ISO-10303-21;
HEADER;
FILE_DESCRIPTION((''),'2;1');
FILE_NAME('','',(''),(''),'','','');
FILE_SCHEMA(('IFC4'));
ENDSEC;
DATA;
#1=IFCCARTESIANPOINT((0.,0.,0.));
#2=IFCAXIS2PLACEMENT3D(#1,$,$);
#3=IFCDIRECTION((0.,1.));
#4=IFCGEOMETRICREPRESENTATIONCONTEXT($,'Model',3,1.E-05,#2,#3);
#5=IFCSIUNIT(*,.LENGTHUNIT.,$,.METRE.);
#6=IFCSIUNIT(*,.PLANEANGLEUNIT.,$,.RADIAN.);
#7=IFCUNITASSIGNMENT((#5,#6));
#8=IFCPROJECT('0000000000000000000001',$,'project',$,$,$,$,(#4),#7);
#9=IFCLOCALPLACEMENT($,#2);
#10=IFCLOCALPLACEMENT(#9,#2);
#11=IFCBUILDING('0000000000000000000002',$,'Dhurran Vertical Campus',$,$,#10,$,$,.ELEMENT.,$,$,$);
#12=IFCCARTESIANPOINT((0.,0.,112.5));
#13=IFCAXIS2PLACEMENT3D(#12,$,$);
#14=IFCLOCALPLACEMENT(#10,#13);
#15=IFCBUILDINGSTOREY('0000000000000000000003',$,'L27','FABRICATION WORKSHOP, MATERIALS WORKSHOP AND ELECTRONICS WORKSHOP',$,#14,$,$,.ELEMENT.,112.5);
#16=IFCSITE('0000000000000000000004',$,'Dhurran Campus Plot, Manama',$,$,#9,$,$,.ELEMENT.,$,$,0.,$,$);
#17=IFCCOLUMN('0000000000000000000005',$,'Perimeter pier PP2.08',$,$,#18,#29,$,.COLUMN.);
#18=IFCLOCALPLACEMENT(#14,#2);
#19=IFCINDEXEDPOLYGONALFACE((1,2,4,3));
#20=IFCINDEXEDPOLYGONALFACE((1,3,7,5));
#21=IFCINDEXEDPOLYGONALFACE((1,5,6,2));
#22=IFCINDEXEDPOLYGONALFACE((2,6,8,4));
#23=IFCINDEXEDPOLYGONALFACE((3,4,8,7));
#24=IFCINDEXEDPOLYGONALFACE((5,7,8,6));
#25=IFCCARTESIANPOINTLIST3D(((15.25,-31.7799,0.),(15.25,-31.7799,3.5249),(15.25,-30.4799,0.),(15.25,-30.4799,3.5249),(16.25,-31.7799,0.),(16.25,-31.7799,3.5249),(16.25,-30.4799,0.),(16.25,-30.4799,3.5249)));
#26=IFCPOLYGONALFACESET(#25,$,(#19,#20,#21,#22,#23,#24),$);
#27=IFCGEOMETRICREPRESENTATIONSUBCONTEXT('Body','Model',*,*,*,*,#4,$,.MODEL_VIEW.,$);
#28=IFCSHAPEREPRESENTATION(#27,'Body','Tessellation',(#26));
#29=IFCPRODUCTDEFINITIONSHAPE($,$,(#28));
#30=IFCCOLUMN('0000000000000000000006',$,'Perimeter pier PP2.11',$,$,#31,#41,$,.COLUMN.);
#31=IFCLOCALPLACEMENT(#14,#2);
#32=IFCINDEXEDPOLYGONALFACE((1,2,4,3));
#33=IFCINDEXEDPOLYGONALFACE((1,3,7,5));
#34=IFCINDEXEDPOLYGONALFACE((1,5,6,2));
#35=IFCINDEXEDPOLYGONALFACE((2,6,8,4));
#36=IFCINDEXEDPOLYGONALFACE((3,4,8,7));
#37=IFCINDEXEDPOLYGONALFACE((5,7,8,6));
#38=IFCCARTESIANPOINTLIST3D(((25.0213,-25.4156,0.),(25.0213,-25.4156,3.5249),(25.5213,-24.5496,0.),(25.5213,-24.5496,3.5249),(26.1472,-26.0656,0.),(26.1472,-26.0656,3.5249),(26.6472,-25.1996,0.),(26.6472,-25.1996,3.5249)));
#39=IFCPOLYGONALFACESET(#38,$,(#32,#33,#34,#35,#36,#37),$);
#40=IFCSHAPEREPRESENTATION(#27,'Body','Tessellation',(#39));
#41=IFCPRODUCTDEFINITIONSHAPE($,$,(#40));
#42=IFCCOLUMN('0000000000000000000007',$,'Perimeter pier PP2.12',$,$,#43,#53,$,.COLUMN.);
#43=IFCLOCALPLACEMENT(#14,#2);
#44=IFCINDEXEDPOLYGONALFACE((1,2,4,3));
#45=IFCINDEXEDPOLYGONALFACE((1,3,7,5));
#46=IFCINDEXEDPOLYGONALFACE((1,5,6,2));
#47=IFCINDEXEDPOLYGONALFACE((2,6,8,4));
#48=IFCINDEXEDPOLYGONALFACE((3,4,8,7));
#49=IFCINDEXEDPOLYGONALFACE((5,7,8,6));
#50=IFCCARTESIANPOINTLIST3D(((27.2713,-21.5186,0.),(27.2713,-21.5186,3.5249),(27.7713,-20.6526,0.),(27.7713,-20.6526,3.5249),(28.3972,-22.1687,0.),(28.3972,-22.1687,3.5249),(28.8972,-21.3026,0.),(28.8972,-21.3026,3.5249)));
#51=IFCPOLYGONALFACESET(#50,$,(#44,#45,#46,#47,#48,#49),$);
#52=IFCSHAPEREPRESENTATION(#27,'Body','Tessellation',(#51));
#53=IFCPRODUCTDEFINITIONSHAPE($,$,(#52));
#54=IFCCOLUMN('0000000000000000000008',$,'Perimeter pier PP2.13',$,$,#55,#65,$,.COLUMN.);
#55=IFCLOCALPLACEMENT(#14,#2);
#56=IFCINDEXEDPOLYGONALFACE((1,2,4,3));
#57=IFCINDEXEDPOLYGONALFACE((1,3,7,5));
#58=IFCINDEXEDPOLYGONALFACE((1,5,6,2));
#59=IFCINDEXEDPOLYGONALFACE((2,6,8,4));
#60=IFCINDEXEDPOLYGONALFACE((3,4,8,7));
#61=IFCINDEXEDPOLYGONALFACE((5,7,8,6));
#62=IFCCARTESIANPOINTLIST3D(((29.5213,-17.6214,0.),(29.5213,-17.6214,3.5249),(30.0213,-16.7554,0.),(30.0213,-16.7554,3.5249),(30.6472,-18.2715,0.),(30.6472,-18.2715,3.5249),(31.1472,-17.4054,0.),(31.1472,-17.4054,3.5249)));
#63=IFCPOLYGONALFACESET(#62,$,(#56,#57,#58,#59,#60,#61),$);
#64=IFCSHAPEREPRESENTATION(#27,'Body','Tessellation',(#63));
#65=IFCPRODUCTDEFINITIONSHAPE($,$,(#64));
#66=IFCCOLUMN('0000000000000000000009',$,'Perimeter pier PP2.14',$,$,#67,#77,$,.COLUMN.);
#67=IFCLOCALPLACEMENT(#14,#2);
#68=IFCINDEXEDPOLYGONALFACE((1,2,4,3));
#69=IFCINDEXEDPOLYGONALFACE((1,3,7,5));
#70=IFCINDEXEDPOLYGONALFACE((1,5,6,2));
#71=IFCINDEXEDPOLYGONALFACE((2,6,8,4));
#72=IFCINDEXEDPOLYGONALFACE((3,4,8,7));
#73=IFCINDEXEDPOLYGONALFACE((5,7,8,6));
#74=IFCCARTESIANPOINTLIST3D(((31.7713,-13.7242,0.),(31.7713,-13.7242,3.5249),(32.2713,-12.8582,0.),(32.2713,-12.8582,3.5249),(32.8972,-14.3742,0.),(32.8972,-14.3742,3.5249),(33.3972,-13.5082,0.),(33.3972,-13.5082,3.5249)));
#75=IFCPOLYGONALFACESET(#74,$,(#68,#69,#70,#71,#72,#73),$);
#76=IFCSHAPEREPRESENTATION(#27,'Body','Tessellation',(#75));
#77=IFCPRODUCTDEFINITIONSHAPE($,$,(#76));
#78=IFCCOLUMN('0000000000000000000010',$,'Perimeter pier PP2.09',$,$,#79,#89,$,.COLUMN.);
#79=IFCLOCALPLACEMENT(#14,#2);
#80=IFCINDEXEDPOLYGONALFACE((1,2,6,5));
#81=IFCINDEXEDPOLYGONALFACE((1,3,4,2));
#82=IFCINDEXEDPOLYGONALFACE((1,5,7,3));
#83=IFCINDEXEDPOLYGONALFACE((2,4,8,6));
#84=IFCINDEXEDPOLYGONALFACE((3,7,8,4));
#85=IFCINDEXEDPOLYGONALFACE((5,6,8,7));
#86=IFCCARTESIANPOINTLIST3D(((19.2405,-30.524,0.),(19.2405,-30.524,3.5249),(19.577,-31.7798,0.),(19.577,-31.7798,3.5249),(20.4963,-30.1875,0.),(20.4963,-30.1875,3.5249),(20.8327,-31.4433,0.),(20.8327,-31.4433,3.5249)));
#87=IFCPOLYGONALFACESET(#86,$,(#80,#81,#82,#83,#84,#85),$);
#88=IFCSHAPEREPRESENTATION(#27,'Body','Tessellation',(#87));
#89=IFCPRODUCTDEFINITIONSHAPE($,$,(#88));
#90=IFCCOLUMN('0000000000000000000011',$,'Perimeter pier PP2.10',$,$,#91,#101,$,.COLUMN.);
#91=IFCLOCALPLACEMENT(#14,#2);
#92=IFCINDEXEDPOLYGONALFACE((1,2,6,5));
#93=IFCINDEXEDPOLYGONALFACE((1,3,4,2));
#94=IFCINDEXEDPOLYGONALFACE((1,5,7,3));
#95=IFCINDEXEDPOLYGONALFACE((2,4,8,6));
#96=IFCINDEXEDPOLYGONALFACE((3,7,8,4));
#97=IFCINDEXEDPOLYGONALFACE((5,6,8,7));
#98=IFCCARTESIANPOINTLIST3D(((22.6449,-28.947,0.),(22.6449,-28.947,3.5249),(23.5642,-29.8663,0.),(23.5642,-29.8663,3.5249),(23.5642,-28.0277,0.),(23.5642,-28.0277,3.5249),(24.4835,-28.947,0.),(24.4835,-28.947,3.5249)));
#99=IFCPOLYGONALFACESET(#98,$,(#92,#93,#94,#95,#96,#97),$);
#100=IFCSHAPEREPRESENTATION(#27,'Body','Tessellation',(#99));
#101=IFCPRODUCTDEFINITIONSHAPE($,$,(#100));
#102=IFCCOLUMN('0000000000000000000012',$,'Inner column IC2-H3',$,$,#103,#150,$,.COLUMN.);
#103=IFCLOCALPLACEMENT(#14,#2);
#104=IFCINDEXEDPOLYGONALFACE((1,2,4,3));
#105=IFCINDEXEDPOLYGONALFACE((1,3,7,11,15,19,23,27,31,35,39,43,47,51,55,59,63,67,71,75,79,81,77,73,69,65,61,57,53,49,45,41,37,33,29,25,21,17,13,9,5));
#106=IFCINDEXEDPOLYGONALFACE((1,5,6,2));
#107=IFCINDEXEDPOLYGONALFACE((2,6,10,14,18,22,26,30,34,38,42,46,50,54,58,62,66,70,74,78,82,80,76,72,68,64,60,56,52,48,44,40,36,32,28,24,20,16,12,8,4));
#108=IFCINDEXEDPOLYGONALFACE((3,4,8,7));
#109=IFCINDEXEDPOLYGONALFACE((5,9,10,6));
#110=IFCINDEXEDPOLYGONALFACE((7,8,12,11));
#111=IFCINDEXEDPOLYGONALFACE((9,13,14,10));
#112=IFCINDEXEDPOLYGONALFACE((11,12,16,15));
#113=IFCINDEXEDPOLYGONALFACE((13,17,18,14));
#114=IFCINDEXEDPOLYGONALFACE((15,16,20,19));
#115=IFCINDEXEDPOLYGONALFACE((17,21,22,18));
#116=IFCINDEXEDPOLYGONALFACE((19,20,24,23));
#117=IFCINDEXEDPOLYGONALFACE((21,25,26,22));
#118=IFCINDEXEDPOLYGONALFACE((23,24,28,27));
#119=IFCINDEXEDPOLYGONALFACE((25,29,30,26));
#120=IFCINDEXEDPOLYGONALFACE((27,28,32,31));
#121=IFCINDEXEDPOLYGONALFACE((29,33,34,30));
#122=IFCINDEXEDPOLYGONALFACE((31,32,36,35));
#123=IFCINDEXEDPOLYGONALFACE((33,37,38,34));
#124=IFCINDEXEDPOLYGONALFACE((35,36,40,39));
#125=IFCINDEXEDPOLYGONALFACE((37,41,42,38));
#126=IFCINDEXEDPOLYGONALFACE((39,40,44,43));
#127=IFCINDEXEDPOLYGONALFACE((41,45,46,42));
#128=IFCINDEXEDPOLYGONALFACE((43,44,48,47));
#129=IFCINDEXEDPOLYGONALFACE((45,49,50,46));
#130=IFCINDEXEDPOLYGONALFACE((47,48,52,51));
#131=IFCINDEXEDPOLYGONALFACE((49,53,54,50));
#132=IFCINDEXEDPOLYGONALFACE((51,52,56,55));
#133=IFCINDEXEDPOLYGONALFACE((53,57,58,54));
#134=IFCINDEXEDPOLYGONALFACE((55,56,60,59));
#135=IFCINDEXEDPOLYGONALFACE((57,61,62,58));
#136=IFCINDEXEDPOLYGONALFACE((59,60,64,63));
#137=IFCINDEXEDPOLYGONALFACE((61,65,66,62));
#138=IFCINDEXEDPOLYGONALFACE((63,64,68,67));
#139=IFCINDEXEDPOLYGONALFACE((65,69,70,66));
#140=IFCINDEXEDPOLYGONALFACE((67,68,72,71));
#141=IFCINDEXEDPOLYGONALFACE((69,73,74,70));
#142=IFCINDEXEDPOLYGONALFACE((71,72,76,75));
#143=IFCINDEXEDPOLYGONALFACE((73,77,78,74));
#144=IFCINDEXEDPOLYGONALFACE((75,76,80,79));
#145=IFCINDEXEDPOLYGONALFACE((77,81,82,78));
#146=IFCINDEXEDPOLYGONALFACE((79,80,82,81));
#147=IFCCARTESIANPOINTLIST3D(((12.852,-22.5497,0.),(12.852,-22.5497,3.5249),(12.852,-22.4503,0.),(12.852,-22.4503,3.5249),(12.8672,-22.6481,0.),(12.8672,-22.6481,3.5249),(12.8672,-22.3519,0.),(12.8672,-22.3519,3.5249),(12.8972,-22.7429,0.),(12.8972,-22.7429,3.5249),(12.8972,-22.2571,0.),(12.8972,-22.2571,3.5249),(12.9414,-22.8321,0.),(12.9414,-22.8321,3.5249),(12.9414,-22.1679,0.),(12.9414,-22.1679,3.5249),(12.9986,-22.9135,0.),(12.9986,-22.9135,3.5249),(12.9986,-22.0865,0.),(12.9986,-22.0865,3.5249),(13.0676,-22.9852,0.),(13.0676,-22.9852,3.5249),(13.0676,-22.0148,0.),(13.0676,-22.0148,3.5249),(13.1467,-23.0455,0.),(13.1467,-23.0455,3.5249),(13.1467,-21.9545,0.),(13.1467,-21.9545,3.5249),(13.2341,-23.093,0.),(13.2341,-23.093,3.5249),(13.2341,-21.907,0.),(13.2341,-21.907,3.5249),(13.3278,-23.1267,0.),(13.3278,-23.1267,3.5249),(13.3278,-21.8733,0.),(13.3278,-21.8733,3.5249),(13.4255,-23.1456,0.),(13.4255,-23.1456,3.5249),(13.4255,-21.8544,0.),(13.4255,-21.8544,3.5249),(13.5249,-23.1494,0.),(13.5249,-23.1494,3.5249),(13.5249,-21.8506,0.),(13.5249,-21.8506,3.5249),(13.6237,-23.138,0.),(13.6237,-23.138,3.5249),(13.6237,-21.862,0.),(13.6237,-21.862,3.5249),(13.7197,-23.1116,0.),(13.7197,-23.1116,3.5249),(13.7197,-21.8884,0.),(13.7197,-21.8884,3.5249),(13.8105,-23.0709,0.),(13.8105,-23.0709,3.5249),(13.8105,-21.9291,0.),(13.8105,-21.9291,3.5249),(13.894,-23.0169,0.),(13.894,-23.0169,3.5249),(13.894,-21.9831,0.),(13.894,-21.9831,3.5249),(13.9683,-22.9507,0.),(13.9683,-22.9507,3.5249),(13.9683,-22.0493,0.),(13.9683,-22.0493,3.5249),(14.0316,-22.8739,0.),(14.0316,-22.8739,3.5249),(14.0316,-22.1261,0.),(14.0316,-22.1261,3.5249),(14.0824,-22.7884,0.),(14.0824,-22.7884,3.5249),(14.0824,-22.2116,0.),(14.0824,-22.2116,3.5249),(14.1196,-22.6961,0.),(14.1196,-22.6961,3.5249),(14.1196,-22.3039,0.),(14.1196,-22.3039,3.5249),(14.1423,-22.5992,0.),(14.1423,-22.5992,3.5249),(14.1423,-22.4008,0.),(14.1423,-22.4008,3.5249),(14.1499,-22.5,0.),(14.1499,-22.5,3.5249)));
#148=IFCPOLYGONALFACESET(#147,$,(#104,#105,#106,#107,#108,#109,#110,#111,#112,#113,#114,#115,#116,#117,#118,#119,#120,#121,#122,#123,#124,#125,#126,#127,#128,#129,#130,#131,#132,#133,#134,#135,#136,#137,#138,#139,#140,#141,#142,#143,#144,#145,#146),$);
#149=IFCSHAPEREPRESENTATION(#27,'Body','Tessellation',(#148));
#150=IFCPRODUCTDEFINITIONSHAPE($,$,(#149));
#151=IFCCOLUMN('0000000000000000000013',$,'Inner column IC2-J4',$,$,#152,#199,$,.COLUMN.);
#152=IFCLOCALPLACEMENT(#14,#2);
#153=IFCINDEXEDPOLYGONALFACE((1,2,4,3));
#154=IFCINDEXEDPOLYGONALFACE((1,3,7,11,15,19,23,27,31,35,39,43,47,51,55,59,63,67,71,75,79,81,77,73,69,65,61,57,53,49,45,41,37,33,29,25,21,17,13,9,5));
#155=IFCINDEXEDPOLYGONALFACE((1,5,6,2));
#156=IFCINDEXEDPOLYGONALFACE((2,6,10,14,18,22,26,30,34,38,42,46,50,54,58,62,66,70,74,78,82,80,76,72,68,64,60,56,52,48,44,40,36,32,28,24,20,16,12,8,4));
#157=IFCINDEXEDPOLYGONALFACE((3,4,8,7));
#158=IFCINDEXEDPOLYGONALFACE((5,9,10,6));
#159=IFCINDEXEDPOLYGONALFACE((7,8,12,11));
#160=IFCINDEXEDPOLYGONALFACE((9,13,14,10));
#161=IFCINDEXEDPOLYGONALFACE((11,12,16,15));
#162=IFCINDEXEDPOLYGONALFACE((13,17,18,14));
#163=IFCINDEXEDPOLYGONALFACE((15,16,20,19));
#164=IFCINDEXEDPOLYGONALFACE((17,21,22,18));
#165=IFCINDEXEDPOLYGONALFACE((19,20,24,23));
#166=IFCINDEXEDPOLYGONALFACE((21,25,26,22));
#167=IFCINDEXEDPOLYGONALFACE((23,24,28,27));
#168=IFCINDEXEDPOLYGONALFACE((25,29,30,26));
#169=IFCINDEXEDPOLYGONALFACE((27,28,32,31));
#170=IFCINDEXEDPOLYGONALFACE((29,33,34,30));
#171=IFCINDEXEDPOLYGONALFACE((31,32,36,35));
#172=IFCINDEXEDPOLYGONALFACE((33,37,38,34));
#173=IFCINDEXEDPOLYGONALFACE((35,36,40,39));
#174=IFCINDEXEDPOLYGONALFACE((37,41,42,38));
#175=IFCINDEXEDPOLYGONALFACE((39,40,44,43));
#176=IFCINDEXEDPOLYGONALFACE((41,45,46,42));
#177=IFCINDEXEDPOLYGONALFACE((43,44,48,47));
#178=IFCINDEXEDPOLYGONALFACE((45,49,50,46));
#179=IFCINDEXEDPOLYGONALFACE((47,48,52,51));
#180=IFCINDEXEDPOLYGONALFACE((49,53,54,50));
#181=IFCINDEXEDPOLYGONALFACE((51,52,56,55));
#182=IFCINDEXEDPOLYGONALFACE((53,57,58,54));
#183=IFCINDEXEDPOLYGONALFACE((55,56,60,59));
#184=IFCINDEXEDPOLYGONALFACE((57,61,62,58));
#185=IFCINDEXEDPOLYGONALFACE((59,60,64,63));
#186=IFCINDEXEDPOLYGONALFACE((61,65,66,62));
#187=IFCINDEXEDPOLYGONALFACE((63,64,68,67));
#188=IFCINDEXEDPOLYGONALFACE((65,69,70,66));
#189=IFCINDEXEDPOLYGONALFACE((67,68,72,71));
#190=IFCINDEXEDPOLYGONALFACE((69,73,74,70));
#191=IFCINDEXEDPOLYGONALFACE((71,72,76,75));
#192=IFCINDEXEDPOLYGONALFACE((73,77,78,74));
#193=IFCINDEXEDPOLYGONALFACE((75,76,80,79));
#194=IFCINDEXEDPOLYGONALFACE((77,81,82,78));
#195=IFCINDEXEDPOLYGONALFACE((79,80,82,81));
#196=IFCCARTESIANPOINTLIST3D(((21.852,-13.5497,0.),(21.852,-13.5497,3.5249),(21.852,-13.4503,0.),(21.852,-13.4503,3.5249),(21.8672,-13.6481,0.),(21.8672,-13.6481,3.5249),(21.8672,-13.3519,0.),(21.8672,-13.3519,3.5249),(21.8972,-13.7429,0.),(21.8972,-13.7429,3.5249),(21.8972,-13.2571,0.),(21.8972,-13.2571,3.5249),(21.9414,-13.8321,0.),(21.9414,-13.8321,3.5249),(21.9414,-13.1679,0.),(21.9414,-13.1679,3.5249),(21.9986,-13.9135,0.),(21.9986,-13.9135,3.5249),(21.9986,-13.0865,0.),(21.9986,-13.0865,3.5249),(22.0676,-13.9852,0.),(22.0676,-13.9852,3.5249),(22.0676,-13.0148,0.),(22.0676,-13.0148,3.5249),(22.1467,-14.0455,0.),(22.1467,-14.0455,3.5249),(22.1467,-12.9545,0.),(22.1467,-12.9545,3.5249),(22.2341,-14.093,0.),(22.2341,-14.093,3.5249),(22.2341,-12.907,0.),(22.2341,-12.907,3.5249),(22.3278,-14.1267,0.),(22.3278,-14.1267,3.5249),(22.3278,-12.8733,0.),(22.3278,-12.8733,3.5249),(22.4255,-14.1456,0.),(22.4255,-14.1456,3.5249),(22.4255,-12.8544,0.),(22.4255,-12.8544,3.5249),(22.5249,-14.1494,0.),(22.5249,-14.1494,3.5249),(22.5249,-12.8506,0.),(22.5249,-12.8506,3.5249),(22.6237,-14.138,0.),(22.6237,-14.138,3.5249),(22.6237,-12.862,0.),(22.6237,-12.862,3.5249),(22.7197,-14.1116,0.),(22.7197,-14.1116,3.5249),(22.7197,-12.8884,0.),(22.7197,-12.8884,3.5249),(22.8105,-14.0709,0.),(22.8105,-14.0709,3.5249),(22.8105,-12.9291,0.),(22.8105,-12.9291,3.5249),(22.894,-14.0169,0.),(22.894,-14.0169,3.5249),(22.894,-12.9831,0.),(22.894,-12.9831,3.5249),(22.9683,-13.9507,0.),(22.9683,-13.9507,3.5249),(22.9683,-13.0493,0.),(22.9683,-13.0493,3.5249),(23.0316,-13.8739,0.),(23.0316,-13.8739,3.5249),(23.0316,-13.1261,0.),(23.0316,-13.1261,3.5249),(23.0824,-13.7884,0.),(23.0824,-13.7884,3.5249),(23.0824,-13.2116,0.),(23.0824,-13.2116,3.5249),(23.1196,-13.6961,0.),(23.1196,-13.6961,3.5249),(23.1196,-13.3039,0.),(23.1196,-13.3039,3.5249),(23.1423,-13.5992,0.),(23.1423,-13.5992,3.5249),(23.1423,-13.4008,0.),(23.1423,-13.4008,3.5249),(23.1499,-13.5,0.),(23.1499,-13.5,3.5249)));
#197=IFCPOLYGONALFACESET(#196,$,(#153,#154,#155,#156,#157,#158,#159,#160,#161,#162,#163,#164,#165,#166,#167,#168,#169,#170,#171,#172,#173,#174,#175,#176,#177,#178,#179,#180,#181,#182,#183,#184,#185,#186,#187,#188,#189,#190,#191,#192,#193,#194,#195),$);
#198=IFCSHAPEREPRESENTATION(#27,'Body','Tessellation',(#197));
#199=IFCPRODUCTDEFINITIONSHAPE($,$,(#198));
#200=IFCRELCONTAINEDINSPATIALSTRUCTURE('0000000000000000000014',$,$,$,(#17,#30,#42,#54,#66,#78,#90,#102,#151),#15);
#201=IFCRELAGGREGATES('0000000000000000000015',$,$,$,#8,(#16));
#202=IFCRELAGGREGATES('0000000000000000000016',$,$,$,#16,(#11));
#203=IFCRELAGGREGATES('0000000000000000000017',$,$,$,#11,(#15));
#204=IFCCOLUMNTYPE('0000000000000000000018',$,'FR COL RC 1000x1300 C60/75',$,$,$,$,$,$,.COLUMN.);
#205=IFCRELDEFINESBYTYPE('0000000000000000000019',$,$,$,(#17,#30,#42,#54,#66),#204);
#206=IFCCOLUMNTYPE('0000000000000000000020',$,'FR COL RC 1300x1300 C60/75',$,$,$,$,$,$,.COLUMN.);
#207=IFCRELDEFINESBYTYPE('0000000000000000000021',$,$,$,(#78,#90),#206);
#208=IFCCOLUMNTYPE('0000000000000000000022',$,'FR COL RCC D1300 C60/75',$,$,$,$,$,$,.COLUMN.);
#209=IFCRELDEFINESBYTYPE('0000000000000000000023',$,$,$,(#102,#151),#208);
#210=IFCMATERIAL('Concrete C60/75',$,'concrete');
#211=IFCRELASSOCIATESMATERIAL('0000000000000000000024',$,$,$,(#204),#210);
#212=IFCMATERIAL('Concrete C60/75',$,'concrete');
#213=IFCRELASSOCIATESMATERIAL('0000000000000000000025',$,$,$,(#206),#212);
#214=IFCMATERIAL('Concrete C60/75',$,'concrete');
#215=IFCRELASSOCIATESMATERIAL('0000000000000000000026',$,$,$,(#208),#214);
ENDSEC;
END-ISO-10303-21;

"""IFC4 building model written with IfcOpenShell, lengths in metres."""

from ifc_helpers import new_model, si_unit, direction, frame, origin, origin_2d, place, context, subcontext, project, spatial, rectangle, circle, extrude, material, material_profile, profile_set, type_object, element, save


model = new_model("IFC4")

# Units and contexts
model_context = context("Model", 3, precision=1e-05, world=origin(), true_north=direction((0.0, 1.0)))
body_context = subcontext(model_context, "Body", "Model", "MODEL_VIEW")
ifc_project = project(units=[si_unit("LENGTHUNIT", "METRE"), si_unit("PLANEANGLEUNIT", "RADIAN")], contexts=[model_context])

# Site, building, storey
site_placement = place(None, origin())
site = spatial("IfcSite", under=ifc_project, at=site_placement, Name="Dhurran Campus Plot, Manama", CompositionType="ELEMENT", RefElevation=0.0)
building_placement = place(site_placement, origin())
building = spatial("IfcBuilding", under=site, at=building_placement, Name="Dhurran Vertical Campus", CompositionType="ELEMENT")
storey_placement = place(building_placement, frame((0.0, 0.0, 112.5)))
storey = spatial("IfcBuildingStorey", under=building, at=storey_placement, Name="L27", Description="FABRICATION WORKSHOP, MATERIALS WORKSHOP AND ELECTRONICS WORKSHOP", CompositionType="ELEMENT", Elevation=112.5)

# Columns
ifc_material_1 = material(Name="Concrete C60/75", Category="concrete")
ifc_material_profile_1 = material_profile(ifc_material_1, rectangle(XDim=1.0, YDim=1.3, at=origin_2d()), Name="RC 1000x1300")
ifc_profile_set_1 = profile_set([ifc_material_profile_1], Name="Concrete C60/75")
column_type_1 = type_object("IfcColumnType", Name="FR COL RC 1000x1300 C60/75", PredefinedType="COLUMN", material=ifc_profile_set_1)
for number, where, z_axis, x_axis, name in (
    (1, (15.75, -31.1299, 0.0), (0.0, 0.0, 1.0), (1.0, 0.0, 0.0), "Perimeter pier PP2.08"),
    (2, (25.8342, -25.3076, 0.0), (0.0, 0.0, 1.0), (0.5, 0.866025, 0.0), "Perimeter pier PP2.11"),
    (3, (28.0842, -21.4106, 0.0), (0.0, 0.0, 1.0), (0.5, 0.866025, 0.0), "Perimeter pier PP2.12"),
    (4, (30.3342, -17.5134, 0.0), (0.0, 0.0, 1.0), (0.5, 0.866025, 0.0), "Perimeter pier PP2.13"),
    (5, (32.5842, -13.6162, 0.0), (0.0, 0.0, 1.0), (0.5, 0.866025, 0.0), "Perimeter pier PP2.14"),
):
    element("IfcColumn", number, at=place(storey_placement, frame(where, z_axis=z_axis, x_axis=x_axis)), inside=storey, type_object=column_type_1, Name=name, PredefinedType="COLUMN", context=body_context, shape_type="SweptSolid", body=[
        extrude(rectangle(XDim=1.0, YDim=1.3, at=origin_2d()), origin(), (0.0, 0.0, 1.0), 3.5249),
    ])
ifc_material_2 = material(Name="Concrete C60/75", Category="concrete")
ifc_material_profile_2 = material_profile(ifc_material_2, rectangle(XDim=1.3, YDim=1.3, at=origin_2d()), Name="RC 1300x1300")
ifc_profile_set_2 = profile_set([ifc_material_profile_2], Name="Concrete C60/75")
column_type_2 = type_object("IfcColumnType", Name="FR COL RC 1300x1300 C60/75", PredefinedType="COLUMN", material=ifc_profile_set_2)
for number, where, z_axis, x_axis, name in (
    (6, (20.0366, -30.9836, 0.0), (0.0, 0.0, 1.0), (0.965926, 0.258819, 0.0), "Perimeter pier PP2.09"),
    (7, (23.5642, -28.947, 0.0), (0.0, 0.0, 1.0), (0.707107, 0.707107, 0.0), "Perimeter pier PP2.10"),
):
    element("IfcColumn", number, at=place(storey_placement, frame(where, z_axis=z_axis, x_axis=x_axis)), inside=storey, type_object=column_type_2, Name=name, PredefinedType="COLUMN", context=body_context, shape_type="SweptSolid", body=[
        extrude(rectangle(XDim=1.3, YDim=1.3, at=origin_2d()), origin(), (0.0, 0.0, 1.0), 3.5249),
    ])
ifc_material_3 = material(Name="Concrete C60/75", Category="concrete")
ifc_material_profile_3 = material_profile(ifc_material_3, circle(Radius=0.6499, at=origin_2d()), Name="RCC D1300")
ifc_profile_set_3 = profile_set([ifc_material_profile_3], Name="Concrete C60/75")
column_type_3 = type_object("IfcColumnType", Name="FR COL RCC D1300 C60/75", PredefinedType="COLUMN", material=ifc_profile_set_3)
for number, where, z_axis, x_axis, name in (
    (8, (13.5, -22.5, 0.0), (0.0, 0.0, 1.0), (1.0, 0.0, 0.0), "Inner column IC2-H3"),
    (9, (22.5, -13.5, 0.0), (0.0, 0.0, 1.0), (1.0, 0.0, 0.0), "Inner column IC2-J4"),
):
    element("IfcColumn", number, at=place(storey_placement, frame(where, z_axis=z_axis, x_axis=x_axis)), inside=storey, type_object=column_type_3, Name=name, PredefinedType="COLUMN", context=body_context, shape_type="SweptSolid", body=[
        extrude(circle(Radius=0.6499, at=origin_2d()), origin(), (0.0, 0.0, 1.0), 3.5249),
    ])

save(model, "model.ifc")
